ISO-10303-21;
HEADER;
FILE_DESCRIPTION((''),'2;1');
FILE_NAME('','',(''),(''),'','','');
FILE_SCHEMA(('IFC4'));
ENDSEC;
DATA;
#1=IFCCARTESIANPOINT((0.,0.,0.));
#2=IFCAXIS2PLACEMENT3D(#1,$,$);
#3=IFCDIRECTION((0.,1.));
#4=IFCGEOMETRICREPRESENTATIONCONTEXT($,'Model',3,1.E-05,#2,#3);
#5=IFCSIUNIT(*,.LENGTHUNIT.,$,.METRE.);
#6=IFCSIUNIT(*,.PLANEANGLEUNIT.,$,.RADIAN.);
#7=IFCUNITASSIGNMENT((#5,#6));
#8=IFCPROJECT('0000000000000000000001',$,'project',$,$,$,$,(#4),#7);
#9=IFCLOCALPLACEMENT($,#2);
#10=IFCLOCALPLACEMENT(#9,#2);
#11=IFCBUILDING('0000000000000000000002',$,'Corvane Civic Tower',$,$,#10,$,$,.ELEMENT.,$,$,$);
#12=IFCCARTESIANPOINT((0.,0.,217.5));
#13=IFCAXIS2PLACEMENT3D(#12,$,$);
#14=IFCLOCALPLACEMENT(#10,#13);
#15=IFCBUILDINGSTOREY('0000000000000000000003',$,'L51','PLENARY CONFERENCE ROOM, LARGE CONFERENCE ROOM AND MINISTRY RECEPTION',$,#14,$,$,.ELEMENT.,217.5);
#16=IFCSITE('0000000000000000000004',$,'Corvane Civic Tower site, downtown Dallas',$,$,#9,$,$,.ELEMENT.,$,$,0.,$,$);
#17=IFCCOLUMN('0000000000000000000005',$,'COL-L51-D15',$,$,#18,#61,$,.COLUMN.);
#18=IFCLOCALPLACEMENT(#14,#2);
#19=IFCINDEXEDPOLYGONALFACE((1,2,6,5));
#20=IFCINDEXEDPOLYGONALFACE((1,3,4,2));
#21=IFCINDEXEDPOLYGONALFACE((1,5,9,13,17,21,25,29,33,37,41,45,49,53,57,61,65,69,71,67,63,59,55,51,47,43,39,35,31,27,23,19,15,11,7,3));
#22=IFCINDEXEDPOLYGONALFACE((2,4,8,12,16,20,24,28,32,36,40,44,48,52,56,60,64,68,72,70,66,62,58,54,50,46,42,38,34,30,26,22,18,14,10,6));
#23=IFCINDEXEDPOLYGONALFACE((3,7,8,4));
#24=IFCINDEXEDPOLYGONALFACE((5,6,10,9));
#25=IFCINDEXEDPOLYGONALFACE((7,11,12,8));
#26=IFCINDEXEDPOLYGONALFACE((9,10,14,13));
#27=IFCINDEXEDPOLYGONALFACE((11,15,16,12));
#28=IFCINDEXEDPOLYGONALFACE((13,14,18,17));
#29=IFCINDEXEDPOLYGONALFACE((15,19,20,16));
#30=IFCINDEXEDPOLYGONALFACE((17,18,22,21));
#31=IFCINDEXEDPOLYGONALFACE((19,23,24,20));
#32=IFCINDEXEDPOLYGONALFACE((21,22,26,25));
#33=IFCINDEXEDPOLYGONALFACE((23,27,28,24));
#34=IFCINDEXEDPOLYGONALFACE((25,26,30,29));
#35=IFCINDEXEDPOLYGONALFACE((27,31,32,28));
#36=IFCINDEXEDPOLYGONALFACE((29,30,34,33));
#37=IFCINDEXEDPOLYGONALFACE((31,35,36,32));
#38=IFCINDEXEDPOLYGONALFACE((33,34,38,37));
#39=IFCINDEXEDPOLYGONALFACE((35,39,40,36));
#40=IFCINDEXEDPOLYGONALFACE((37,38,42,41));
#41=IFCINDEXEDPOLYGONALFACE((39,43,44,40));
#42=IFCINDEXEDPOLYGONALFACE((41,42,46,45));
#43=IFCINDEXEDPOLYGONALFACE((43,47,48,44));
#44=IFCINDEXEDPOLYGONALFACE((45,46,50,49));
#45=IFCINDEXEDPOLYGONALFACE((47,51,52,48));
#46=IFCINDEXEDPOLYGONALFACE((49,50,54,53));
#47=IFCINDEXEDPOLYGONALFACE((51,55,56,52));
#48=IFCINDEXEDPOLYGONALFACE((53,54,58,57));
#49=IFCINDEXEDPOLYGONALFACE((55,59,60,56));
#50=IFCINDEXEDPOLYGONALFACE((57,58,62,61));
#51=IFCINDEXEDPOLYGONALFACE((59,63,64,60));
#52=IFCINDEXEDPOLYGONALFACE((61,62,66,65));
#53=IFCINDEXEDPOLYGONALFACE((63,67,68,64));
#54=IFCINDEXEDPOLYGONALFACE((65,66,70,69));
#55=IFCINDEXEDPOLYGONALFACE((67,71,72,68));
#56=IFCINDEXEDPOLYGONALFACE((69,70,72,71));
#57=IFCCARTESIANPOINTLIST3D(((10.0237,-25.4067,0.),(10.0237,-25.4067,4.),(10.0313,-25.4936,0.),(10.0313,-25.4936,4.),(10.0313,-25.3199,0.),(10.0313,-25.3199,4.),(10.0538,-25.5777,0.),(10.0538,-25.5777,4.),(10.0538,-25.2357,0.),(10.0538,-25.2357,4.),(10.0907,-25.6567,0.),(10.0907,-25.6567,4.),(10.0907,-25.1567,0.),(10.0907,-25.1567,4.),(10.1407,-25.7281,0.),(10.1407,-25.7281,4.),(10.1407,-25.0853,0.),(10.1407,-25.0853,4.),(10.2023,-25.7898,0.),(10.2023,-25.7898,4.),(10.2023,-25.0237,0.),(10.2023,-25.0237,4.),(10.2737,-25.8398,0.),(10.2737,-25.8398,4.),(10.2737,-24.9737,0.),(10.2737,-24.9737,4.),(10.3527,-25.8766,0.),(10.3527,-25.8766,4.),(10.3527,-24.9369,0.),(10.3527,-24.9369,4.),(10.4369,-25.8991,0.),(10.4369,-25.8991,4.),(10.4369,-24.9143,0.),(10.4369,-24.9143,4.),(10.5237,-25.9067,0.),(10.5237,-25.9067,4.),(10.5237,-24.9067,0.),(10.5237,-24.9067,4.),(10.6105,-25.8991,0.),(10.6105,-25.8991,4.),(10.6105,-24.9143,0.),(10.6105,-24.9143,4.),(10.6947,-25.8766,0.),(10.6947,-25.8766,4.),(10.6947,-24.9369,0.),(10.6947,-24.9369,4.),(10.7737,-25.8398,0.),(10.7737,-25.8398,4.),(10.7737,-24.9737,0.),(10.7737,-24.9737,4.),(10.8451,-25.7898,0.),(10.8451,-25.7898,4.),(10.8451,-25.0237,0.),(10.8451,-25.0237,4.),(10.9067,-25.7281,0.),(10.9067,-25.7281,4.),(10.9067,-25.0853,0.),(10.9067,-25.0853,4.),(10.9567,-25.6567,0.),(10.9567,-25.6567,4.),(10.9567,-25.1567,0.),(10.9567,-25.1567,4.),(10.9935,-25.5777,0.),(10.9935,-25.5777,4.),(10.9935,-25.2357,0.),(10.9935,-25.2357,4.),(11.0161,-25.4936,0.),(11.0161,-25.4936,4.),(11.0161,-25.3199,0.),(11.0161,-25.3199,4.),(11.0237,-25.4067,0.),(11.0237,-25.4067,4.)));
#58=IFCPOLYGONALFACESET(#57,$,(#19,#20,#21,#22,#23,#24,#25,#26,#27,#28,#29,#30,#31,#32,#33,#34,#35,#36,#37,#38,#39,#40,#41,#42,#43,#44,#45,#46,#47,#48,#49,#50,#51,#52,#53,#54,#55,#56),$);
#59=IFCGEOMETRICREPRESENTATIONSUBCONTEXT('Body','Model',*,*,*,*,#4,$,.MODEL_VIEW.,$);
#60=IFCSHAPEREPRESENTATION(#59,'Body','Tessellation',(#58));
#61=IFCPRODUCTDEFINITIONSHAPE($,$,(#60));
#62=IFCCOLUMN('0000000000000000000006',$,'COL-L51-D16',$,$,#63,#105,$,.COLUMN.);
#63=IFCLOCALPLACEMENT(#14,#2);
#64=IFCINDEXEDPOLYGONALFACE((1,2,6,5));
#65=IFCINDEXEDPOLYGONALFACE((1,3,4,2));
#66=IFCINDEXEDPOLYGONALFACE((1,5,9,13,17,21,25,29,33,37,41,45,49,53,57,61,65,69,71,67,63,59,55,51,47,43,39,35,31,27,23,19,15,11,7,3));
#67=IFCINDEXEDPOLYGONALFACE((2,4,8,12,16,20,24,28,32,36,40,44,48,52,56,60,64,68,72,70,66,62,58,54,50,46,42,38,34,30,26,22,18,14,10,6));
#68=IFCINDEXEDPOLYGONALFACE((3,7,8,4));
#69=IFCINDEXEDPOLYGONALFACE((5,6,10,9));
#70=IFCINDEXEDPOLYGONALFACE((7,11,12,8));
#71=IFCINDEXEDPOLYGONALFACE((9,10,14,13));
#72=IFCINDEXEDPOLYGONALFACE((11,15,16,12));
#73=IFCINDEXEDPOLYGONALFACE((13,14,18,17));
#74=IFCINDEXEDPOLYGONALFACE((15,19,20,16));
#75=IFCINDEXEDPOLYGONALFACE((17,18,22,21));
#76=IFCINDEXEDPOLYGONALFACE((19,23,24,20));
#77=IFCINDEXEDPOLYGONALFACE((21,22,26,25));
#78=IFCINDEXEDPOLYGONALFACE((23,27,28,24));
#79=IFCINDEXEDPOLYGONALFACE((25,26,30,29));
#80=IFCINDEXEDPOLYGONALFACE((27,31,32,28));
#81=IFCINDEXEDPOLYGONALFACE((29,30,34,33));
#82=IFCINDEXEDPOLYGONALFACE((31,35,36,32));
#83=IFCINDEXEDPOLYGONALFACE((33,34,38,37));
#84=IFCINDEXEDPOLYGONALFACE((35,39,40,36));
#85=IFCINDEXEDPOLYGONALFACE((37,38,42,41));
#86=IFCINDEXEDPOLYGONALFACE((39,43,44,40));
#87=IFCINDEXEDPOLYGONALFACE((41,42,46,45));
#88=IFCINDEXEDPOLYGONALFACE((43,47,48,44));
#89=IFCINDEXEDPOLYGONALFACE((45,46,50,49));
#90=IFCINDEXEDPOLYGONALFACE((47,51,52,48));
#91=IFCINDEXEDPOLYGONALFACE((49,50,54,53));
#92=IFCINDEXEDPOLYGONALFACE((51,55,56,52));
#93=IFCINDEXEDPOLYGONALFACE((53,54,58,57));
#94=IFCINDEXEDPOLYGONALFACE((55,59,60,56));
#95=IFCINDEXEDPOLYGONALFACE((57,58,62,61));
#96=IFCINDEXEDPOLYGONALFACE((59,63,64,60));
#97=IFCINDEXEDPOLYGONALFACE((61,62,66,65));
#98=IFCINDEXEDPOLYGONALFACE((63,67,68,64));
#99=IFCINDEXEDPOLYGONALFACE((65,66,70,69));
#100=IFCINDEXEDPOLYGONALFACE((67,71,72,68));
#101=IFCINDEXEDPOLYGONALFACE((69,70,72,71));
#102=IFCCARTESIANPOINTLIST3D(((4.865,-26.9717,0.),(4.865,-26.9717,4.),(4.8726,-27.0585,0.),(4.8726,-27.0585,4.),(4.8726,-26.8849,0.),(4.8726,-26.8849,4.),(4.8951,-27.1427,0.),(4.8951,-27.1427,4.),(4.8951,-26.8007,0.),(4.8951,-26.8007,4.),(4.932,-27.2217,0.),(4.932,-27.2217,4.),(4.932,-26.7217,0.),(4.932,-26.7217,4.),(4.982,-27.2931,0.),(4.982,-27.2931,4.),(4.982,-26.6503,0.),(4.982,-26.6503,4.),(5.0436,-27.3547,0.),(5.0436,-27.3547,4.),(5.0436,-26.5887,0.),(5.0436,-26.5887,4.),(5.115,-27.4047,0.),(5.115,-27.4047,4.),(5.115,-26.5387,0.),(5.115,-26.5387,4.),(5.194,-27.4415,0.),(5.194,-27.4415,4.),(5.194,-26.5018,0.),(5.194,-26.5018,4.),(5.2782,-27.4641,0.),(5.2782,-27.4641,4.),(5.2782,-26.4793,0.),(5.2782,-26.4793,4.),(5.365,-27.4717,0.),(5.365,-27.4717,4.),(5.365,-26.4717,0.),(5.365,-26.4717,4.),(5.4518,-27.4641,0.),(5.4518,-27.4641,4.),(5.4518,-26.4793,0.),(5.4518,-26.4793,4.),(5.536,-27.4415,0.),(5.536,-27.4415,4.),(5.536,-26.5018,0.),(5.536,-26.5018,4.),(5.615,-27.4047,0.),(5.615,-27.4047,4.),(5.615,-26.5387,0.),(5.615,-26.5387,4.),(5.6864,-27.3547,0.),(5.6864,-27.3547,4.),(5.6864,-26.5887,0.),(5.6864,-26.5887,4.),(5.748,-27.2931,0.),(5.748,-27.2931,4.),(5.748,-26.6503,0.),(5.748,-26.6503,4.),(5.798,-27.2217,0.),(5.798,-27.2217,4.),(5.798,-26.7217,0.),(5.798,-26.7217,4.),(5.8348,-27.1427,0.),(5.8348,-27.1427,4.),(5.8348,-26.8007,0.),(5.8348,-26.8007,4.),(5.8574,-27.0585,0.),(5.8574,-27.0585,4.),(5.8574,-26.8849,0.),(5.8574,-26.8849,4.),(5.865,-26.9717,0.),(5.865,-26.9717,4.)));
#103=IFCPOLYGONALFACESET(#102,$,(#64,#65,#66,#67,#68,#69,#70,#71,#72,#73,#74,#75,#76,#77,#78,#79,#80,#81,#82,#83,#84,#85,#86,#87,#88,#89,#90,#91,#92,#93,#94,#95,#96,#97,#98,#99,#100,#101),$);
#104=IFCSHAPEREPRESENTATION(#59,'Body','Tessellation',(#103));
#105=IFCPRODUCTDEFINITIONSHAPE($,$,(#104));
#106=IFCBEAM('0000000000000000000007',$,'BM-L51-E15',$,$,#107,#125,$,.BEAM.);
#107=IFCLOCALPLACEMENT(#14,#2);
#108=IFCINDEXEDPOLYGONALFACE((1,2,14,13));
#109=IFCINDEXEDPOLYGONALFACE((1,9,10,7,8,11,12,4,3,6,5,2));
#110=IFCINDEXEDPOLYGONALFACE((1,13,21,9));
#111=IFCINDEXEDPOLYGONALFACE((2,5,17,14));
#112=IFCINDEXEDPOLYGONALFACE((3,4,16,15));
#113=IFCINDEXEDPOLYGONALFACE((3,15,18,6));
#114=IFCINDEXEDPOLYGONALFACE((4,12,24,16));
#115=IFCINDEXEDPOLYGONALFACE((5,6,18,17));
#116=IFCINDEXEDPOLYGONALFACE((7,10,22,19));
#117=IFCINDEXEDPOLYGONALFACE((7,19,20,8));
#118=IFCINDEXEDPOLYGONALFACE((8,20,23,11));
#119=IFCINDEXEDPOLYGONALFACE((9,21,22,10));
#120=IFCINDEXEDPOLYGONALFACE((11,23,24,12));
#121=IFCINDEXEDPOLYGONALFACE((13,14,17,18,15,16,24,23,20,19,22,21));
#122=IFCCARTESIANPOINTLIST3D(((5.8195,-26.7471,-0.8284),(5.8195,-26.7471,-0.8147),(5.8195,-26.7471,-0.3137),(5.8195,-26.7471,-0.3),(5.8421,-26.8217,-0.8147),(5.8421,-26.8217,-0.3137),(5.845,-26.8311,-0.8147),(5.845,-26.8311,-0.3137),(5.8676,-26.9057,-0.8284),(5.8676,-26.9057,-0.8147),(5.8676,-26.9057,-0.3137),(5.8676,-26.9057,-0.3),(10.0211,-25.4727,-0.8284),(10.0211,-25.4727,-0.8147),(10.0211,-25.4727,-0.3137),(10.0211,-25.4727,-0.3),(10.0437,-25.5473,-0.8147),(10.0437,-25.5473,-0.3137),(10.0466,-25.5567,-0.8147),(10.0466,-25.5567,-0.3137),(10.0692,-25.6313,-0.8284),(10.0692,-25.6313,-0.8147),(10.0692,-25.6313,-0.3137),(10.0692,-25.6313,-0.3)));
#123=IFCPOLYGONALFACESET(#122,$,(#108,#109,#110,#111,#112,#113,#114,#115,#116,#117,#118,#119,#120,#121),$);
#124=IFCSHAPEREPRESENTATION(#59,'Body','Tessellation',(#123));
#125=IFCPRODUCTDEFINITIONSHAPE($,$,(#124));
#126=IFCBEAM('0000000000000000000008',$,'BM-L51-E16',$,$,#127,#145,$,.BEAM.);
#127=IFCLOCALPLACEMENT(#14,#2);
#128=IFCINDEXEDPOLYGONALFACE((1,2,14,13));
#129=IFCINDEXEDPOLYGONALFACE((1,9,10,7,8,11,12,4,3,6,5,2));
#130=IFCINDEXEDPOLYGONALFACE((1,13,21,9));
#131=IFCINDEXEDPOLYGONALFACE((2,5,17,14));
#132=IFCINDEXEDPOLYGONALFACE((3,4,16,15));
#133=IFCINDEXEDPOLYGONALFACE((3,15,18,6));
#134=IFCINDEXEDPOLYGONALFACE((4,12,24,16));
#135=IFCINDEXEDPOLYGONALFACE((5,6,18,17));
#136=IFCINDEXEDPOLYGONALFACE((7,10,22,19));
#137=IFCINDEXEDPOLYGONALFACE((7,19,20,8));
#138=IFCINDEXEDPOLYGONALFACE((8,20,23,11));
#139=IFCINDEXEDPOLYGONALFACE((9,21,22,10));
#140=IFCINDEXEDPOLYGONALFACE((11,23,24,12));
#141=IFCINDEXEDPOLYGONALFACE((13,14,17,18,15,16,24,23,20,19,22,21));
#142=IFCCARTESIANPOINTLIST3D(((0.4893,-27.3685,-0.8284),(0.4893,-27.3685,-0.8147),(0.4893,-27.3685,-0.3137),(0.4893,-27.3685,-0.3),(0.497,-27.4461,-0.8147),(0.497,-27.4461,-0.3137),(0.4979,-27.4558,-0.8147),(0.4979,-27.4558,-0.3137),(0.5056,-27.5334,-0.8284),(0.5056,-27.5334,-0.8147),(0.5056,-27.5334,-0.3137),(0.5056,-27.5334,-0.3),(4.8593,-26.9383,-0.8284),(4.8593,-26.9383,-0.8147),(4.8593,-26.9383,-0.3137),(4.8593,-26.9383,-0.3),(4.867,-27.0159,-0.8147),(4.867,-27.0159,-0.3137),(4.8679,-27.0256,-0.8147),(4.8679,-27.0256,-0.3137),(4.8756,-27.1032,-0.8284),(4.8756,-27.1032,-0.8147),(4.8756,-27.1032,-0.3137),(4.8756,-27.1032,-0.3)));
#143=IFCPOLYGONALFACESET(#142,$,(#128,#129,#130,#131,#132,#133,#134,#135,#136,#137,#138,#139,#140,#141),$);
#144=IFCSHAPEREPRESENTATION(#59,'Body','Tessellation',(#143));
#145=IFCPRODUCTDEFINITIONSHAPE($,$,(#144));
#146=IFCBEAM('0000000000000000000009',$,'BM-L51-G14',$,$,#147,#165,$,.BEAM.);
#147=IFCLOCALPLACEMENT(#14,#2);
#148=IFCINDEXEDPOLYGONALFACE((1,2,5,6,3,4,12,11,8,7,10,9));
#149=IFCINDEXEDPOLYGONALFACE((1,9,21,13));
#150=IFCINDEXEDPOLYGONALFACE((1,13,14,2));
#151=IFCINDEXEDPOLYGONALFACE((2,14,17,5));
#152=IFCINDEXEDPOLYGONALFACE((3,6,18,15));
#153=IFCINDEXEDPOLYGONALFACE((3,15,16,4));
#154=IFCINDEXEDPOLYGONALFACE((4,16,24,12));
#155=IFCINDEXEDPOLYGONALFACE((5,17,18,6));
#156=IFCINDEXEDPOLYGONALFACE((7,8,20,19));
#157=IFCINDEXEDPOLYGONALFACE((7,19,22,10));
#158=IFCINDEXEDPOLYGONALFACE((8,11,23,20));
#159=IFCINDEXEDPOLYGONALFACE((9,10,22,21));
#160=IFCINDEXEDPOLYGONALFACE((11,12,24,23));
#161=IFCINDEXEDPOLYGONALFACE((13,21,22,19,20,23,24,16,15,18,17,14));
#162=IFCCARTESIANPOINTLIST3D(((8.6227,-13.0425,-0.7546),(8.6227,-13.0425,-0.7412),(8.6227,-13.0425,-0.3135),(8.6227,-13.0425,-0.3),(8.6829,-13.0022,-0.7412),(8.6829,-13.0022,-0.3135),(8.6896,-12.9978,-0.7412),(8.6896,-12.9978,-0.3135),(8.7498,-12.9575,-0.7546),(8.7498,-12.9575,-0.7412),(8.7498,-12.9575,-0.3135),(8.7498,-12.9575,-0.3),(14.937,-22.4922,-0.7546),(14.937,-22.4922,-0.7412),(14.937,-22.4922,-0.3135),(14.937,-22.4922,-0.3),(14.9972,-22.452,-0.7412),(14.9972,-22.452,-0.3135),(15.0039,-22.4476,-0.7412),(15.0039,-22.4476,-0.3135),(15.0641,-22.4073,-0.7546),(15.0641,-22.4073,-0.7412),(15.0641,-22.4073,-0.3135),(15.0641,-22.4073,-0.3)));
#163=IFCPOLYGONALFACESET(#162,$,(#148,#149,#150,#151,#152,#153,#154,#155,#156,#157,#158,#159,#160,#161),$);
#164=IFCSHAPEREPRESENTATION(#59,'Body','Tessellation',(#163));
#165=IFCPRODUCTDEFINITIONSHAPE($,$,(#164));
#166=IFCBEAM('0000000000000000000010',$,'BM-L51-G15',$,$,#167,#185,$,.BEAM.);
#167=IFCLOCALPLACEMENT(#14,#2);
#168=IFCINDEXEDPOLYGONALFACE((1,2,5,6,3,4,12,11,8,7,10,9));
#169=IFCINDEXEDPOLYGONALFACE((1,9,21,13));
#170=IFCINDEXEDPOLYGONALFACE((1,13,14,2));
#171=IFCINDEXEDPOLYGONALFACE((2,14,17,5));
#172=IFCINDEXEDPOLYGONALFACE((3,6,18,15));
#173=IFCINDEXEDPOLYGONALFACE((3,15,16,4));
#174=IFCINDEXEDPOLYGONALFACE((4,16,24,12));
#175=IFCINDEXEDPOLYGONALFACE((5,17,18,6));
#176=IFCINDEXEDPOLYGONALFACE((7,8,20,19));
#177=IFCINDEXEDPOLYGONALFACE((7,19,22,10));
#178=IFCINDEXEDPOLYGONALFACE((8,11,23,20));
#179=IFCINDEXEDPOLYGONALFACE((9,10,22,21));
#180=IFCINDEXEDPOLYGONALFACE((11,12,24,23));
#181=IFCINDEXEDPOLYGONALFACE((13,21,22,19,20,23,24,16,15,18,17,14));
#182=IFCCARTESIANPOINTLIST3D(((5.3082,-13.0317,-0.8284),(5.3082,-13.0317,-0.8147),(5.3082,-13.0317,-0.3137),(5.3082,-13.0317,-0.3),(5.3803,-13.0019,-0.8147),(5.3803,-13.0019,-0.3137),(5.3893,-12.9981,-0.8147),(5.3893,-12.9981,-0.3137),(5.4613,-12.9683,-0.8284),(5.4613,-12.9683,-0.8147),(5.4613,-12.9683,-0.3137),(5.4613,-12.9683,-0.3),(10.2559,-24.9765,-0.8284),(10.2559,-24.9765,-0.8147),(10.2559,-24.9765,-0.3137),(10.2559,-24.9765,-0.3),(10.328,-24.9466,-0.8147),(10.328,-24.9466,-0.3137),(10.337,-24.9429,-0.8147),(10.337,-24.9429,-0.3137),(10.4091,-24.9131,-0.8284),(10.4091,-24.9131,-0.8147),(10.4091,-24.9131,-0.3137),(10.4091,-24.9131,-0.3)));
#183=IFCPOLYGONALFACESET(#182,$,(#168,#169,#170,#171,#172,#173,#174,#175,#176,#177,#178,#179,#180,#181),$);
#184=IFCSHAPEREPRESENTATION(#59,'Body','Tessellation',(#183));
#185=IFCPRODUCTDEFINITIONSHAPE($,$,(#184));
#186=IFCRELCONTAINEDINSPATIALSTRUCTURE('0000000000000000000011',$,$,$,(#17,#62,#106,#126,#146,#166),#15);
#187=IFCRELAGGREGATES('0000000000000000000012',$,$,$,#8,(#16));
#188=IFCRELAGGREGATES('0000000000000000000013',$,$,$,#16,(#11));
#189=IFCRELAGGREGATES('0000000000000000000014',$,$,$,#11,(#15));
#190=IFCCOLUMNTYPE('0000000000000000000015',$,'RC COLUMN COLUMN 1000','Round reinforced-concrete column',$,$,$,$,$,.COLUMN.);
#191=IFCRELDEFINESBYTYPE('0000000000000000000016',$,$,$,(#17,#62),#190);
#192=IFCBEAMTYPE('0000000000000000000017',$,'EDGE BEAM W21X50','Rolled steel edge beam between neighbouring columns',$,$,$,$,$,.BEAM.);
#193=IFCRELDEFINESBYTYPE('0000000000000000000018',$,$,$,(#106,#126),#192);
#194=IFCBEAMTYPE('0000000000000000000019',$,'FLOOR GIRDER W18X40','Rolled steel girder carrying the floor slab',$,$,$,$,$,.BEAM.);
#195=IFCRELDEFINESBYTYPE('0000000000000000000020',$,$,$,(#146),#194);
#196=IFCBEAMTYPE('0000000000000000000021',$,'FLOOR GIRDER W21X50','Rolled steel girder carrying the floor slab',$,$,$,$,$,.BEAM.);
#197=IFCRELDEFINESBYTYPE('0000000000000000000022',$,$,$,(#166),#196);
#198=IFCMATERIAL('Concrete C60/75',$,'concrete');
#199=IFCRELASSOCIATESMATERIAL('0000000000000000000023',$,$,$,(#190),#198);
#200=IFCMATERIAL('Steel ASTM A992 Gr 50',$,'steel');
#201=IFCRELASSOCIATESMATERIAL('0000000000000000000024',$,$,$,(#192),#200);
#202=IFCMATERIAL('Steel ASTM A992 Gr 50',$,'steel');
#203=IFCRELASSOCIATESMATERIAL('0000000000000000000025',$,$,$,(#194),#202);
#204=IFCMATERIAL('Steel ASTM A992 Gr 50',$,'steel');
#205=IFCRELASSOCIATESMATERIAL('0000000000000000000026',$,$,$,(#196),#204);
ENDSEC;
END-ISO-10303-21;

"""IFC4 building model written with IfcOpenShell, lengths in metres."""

from ifc_helpers import new_model, si_unit, direction, frame, origin, origin_2d, place, context, subcontext, project, spatial, circle, i_section, extrude, material, material_profile, profile_set, type_object, element, save


model = new_model("IFC4")

# Units and contexts
model_context = context("Model", 3, precision=1e-05, world=origin(), true_north=direction((0.0, 1.0)))
body_context = subcontext(model_context, "Body", "Model", "MODEL_VIEW")
ifc_project = project(units=[si_unit("LENGTHUNIT", "METRE"), si_unit("PLANEANGLEUNIT", "RADIAN")], contexts=[model_context])

# Site, building, storey
site_placement = place(None, origin())
site = spatial("IfcSite", under=ifc_project, at=site_placement, Name="Corvane Civic Tower site, downtown Dallas", CompositionType="ELEMENT", RefElevation=0.0)
building_placement = place(site_placement, origin())
building = spatial("IfcBuilding", under=site, at=building_placement, Name="Corvane Civic Tower", CompositionType="ELEMENT")
storey_placement = place(building_placement, frame((0.0, 0.0, 217.5)))
storey = spatial("IfcBuildingStorey", under=building, at=storey_placement, Name="L51", Description="PLENARY CONFERENCE ROOM, LARGE CONFERENCE ROOM AND MINISTRY RECEPTION", CompositionType="ELEMENT", Elevation=217.5)

# Columns
ifc_material_1 = material(Name="Concrete C60/75", Category="concrete")
ifc_material_profile_1 = material_profile(ifc_material_1, circle(Radius=0.5, at=origin_2d()), Name="COLUMN 1000")
ifc_profile_set_1 = profile_set([ifc_material_profile_1], Name="Concrete C60/75")
column_type = type_object("IfcColumnType", Name="RC COLUMN COLUMN 1000", Description="Round reinforced-concrete column", PredefinedType="COLUMN", material=ifc_profile_set_1)
for number, where, z_axis, x_axis, name in (
    (1, (10.5237, -25.4067, 0.0), (0.0, 0.0, 1.0), (1.0, 0.0, 0.0), "COL-L51-D15"),
    (2, (5.365, -26.9717, 0.0), (0.0, 0.0, 1.0), (1.0, 0.0, 0.0), "COL-L51-D16"),
):
    element("IfcColumn", number, at=place(storey_placement, frame(where, z_axis=z_axis, x_axis=x_axis)), inside=storey, type_object=column_type, Name=name, PredefinedType="COLUMN", context=body_context, shape_type="SweptSolid", body=[
        extrude(circle(Radius=0.5, at=origin_2d()), origin(), (0.0, 0.0, 1.0), 4.0),
    ])

# Beams
ifc_material_2 = material(Name="Steel ASTM A992 Gr 50", Category="steel")
ifc_material_profile_2 = material_profile(ifc_material_2, i_section(OverallWidth=0.1658, OverallDepth=0.5283, WebThickness=0.0098, FlangeThickness=0.0137, at=origin_2d()), Name="W21X50")
ifc_profile_set_2 = profile_set([ifc_material_profile_2], Name="Steel ASTM A992 Gr 50")
beam_type_1 = type_object("IfcBeamType", Name="EDGE BEAM W21X50", Description="Rolled steel edge beam between neighbouring columns", PredefinedType="BEAM", material=ifc_profile_set_2)
beam_1_placement = place(storey_placement, frame((10.0452, -25.552, -0.5642), z_axis=(-0.95695, -0.290254, 0.0), x_axis=(0.290254, -0.95695, 0.0)))
element("IfcBeam", 3, at=beam_1_placement, inside=storey, type_object=beam_type_1, Name="BM-L51-E15", PredefinedType="BEAM", context=body_context, shape_type="SweptSolid", body=[
    extrude(i_section(OverallWidth=0.1658, OverallDepth=0.5283, WebThickness=0.0098, FlangeThickness=0.0137, at=origin_2d()), origin(), (0.0, 0.0, 1.0), 4.3906),
])
beam_2_placement = place(storey_placement, frame((4.8674, -27.0208, -0.5642), z_axis=(-0.99519, -0.097968, 0.0), x_axis=(0.097968, -0.99519, 0.0)))
element("IfcBeam", 4, at=beam_2_placement, inside=storey, type_object=beam_type_1, Name="BM-L51-E16", PredefinedType="BEAM", context=body_context, shape_type="SweptSolid", body=[
    extrude(i_section(OverallWidth=0.1658, OverallDepth=0.5283, WebThickness=0.0098, FlangeThickness=0.0137, at=origin_2d()), origin(), (0.0, 0.0, 1.0), 4.3911),
])
ifc_material_3 = material(Name="Steel ASTM A992 Gr 50", Category="steel")
ifc_material_profile_3 = material_profile(ifc_material_3, i_section(OverallWidth=0.1528, OverallDepth=0.4546, WebThickness=0.0081, FlangeThickness=0.0134, at=origin_2d()), Name="W18X40")
ifc_profile_set_3 = profile_set([ifc_material_profile_3], Name="Steel ASTM A992 Gr 50")
beam_type_2 = type_object("IfcBeamType", Name="FLOOR GIRDER W18X40", Description="Rolled steel girder carrying the floor slab", PredefinedType="BEAM", material=ifc_profile_set_3)
beam_3_placement = place(storey_placement, frame((8.6863, -13.0, -0.5273), z_axis=(0.555577, -0.831465, 0.0), x_axis=(0.831465, 0.555577, 0.0)))
element("IfcBeam", 5, at=beam_3_placement, inside=storey, type_object=beam_type_2, Name="BM-L51-G14", PredefinedType="BEAM", context=body_context, shape_type="SweptSolid", body=[
    extrude(i_section(OverallWidth=0.1528, OverallDepth=0.4546, WebThickness=0.0081, FlangeThickness=0.0134, at=origin_2d()), origin(), (0.0, 0.0, 1.0), 11.3652),
])
ifc_material_4 = material(Name="Steel ASTM A992 Gr 50", Category="steel")
ifc_material_profile_4 = material_profile(ifc_material_4, i_section(OverallWidth=0.1658, OverallDepth=0.5283, WebThickness=0.0098, FlangeThickness=0.0137, at=origin_2d()), Name="W21X50")
ifc_profile_set_4 = profile_set([ifc_material_profile_4], Name="Steel ASTM A992 Gr 50")
beam_type_3 = type_object("IfcBeamType", Name="FLOOR GIRDER W21X50", Description="Rolled steel girder carrying the floor slab", PredefinedType="BEAM", material=ifc_profile_set_4)
beam_4_placement = place(storey_placement, frame((5.3848, -13.0, -0.5642), z_axis=(0.382686, -0.923878, 0.0), x_axis=(0.923878, 0.382686, 0.0)))
element("IfcBeam", 6, at=beam_4_placement, inside=storey, type_object=beam_type_3, Name="BM-L51-G15", PredefinedType="BEAM", context=body_context, shape_type="SweptSolid", body=[
    extrude(i_section(OverallWidth=0.1658, OverallDepth=0.5283, WebThickness=0.0098, FlangeThickness=0.0137, at=origin_2d()), origin(), (0.0, 0.0, 1.0), 12.929),
])

save(model, "model.ifc")
